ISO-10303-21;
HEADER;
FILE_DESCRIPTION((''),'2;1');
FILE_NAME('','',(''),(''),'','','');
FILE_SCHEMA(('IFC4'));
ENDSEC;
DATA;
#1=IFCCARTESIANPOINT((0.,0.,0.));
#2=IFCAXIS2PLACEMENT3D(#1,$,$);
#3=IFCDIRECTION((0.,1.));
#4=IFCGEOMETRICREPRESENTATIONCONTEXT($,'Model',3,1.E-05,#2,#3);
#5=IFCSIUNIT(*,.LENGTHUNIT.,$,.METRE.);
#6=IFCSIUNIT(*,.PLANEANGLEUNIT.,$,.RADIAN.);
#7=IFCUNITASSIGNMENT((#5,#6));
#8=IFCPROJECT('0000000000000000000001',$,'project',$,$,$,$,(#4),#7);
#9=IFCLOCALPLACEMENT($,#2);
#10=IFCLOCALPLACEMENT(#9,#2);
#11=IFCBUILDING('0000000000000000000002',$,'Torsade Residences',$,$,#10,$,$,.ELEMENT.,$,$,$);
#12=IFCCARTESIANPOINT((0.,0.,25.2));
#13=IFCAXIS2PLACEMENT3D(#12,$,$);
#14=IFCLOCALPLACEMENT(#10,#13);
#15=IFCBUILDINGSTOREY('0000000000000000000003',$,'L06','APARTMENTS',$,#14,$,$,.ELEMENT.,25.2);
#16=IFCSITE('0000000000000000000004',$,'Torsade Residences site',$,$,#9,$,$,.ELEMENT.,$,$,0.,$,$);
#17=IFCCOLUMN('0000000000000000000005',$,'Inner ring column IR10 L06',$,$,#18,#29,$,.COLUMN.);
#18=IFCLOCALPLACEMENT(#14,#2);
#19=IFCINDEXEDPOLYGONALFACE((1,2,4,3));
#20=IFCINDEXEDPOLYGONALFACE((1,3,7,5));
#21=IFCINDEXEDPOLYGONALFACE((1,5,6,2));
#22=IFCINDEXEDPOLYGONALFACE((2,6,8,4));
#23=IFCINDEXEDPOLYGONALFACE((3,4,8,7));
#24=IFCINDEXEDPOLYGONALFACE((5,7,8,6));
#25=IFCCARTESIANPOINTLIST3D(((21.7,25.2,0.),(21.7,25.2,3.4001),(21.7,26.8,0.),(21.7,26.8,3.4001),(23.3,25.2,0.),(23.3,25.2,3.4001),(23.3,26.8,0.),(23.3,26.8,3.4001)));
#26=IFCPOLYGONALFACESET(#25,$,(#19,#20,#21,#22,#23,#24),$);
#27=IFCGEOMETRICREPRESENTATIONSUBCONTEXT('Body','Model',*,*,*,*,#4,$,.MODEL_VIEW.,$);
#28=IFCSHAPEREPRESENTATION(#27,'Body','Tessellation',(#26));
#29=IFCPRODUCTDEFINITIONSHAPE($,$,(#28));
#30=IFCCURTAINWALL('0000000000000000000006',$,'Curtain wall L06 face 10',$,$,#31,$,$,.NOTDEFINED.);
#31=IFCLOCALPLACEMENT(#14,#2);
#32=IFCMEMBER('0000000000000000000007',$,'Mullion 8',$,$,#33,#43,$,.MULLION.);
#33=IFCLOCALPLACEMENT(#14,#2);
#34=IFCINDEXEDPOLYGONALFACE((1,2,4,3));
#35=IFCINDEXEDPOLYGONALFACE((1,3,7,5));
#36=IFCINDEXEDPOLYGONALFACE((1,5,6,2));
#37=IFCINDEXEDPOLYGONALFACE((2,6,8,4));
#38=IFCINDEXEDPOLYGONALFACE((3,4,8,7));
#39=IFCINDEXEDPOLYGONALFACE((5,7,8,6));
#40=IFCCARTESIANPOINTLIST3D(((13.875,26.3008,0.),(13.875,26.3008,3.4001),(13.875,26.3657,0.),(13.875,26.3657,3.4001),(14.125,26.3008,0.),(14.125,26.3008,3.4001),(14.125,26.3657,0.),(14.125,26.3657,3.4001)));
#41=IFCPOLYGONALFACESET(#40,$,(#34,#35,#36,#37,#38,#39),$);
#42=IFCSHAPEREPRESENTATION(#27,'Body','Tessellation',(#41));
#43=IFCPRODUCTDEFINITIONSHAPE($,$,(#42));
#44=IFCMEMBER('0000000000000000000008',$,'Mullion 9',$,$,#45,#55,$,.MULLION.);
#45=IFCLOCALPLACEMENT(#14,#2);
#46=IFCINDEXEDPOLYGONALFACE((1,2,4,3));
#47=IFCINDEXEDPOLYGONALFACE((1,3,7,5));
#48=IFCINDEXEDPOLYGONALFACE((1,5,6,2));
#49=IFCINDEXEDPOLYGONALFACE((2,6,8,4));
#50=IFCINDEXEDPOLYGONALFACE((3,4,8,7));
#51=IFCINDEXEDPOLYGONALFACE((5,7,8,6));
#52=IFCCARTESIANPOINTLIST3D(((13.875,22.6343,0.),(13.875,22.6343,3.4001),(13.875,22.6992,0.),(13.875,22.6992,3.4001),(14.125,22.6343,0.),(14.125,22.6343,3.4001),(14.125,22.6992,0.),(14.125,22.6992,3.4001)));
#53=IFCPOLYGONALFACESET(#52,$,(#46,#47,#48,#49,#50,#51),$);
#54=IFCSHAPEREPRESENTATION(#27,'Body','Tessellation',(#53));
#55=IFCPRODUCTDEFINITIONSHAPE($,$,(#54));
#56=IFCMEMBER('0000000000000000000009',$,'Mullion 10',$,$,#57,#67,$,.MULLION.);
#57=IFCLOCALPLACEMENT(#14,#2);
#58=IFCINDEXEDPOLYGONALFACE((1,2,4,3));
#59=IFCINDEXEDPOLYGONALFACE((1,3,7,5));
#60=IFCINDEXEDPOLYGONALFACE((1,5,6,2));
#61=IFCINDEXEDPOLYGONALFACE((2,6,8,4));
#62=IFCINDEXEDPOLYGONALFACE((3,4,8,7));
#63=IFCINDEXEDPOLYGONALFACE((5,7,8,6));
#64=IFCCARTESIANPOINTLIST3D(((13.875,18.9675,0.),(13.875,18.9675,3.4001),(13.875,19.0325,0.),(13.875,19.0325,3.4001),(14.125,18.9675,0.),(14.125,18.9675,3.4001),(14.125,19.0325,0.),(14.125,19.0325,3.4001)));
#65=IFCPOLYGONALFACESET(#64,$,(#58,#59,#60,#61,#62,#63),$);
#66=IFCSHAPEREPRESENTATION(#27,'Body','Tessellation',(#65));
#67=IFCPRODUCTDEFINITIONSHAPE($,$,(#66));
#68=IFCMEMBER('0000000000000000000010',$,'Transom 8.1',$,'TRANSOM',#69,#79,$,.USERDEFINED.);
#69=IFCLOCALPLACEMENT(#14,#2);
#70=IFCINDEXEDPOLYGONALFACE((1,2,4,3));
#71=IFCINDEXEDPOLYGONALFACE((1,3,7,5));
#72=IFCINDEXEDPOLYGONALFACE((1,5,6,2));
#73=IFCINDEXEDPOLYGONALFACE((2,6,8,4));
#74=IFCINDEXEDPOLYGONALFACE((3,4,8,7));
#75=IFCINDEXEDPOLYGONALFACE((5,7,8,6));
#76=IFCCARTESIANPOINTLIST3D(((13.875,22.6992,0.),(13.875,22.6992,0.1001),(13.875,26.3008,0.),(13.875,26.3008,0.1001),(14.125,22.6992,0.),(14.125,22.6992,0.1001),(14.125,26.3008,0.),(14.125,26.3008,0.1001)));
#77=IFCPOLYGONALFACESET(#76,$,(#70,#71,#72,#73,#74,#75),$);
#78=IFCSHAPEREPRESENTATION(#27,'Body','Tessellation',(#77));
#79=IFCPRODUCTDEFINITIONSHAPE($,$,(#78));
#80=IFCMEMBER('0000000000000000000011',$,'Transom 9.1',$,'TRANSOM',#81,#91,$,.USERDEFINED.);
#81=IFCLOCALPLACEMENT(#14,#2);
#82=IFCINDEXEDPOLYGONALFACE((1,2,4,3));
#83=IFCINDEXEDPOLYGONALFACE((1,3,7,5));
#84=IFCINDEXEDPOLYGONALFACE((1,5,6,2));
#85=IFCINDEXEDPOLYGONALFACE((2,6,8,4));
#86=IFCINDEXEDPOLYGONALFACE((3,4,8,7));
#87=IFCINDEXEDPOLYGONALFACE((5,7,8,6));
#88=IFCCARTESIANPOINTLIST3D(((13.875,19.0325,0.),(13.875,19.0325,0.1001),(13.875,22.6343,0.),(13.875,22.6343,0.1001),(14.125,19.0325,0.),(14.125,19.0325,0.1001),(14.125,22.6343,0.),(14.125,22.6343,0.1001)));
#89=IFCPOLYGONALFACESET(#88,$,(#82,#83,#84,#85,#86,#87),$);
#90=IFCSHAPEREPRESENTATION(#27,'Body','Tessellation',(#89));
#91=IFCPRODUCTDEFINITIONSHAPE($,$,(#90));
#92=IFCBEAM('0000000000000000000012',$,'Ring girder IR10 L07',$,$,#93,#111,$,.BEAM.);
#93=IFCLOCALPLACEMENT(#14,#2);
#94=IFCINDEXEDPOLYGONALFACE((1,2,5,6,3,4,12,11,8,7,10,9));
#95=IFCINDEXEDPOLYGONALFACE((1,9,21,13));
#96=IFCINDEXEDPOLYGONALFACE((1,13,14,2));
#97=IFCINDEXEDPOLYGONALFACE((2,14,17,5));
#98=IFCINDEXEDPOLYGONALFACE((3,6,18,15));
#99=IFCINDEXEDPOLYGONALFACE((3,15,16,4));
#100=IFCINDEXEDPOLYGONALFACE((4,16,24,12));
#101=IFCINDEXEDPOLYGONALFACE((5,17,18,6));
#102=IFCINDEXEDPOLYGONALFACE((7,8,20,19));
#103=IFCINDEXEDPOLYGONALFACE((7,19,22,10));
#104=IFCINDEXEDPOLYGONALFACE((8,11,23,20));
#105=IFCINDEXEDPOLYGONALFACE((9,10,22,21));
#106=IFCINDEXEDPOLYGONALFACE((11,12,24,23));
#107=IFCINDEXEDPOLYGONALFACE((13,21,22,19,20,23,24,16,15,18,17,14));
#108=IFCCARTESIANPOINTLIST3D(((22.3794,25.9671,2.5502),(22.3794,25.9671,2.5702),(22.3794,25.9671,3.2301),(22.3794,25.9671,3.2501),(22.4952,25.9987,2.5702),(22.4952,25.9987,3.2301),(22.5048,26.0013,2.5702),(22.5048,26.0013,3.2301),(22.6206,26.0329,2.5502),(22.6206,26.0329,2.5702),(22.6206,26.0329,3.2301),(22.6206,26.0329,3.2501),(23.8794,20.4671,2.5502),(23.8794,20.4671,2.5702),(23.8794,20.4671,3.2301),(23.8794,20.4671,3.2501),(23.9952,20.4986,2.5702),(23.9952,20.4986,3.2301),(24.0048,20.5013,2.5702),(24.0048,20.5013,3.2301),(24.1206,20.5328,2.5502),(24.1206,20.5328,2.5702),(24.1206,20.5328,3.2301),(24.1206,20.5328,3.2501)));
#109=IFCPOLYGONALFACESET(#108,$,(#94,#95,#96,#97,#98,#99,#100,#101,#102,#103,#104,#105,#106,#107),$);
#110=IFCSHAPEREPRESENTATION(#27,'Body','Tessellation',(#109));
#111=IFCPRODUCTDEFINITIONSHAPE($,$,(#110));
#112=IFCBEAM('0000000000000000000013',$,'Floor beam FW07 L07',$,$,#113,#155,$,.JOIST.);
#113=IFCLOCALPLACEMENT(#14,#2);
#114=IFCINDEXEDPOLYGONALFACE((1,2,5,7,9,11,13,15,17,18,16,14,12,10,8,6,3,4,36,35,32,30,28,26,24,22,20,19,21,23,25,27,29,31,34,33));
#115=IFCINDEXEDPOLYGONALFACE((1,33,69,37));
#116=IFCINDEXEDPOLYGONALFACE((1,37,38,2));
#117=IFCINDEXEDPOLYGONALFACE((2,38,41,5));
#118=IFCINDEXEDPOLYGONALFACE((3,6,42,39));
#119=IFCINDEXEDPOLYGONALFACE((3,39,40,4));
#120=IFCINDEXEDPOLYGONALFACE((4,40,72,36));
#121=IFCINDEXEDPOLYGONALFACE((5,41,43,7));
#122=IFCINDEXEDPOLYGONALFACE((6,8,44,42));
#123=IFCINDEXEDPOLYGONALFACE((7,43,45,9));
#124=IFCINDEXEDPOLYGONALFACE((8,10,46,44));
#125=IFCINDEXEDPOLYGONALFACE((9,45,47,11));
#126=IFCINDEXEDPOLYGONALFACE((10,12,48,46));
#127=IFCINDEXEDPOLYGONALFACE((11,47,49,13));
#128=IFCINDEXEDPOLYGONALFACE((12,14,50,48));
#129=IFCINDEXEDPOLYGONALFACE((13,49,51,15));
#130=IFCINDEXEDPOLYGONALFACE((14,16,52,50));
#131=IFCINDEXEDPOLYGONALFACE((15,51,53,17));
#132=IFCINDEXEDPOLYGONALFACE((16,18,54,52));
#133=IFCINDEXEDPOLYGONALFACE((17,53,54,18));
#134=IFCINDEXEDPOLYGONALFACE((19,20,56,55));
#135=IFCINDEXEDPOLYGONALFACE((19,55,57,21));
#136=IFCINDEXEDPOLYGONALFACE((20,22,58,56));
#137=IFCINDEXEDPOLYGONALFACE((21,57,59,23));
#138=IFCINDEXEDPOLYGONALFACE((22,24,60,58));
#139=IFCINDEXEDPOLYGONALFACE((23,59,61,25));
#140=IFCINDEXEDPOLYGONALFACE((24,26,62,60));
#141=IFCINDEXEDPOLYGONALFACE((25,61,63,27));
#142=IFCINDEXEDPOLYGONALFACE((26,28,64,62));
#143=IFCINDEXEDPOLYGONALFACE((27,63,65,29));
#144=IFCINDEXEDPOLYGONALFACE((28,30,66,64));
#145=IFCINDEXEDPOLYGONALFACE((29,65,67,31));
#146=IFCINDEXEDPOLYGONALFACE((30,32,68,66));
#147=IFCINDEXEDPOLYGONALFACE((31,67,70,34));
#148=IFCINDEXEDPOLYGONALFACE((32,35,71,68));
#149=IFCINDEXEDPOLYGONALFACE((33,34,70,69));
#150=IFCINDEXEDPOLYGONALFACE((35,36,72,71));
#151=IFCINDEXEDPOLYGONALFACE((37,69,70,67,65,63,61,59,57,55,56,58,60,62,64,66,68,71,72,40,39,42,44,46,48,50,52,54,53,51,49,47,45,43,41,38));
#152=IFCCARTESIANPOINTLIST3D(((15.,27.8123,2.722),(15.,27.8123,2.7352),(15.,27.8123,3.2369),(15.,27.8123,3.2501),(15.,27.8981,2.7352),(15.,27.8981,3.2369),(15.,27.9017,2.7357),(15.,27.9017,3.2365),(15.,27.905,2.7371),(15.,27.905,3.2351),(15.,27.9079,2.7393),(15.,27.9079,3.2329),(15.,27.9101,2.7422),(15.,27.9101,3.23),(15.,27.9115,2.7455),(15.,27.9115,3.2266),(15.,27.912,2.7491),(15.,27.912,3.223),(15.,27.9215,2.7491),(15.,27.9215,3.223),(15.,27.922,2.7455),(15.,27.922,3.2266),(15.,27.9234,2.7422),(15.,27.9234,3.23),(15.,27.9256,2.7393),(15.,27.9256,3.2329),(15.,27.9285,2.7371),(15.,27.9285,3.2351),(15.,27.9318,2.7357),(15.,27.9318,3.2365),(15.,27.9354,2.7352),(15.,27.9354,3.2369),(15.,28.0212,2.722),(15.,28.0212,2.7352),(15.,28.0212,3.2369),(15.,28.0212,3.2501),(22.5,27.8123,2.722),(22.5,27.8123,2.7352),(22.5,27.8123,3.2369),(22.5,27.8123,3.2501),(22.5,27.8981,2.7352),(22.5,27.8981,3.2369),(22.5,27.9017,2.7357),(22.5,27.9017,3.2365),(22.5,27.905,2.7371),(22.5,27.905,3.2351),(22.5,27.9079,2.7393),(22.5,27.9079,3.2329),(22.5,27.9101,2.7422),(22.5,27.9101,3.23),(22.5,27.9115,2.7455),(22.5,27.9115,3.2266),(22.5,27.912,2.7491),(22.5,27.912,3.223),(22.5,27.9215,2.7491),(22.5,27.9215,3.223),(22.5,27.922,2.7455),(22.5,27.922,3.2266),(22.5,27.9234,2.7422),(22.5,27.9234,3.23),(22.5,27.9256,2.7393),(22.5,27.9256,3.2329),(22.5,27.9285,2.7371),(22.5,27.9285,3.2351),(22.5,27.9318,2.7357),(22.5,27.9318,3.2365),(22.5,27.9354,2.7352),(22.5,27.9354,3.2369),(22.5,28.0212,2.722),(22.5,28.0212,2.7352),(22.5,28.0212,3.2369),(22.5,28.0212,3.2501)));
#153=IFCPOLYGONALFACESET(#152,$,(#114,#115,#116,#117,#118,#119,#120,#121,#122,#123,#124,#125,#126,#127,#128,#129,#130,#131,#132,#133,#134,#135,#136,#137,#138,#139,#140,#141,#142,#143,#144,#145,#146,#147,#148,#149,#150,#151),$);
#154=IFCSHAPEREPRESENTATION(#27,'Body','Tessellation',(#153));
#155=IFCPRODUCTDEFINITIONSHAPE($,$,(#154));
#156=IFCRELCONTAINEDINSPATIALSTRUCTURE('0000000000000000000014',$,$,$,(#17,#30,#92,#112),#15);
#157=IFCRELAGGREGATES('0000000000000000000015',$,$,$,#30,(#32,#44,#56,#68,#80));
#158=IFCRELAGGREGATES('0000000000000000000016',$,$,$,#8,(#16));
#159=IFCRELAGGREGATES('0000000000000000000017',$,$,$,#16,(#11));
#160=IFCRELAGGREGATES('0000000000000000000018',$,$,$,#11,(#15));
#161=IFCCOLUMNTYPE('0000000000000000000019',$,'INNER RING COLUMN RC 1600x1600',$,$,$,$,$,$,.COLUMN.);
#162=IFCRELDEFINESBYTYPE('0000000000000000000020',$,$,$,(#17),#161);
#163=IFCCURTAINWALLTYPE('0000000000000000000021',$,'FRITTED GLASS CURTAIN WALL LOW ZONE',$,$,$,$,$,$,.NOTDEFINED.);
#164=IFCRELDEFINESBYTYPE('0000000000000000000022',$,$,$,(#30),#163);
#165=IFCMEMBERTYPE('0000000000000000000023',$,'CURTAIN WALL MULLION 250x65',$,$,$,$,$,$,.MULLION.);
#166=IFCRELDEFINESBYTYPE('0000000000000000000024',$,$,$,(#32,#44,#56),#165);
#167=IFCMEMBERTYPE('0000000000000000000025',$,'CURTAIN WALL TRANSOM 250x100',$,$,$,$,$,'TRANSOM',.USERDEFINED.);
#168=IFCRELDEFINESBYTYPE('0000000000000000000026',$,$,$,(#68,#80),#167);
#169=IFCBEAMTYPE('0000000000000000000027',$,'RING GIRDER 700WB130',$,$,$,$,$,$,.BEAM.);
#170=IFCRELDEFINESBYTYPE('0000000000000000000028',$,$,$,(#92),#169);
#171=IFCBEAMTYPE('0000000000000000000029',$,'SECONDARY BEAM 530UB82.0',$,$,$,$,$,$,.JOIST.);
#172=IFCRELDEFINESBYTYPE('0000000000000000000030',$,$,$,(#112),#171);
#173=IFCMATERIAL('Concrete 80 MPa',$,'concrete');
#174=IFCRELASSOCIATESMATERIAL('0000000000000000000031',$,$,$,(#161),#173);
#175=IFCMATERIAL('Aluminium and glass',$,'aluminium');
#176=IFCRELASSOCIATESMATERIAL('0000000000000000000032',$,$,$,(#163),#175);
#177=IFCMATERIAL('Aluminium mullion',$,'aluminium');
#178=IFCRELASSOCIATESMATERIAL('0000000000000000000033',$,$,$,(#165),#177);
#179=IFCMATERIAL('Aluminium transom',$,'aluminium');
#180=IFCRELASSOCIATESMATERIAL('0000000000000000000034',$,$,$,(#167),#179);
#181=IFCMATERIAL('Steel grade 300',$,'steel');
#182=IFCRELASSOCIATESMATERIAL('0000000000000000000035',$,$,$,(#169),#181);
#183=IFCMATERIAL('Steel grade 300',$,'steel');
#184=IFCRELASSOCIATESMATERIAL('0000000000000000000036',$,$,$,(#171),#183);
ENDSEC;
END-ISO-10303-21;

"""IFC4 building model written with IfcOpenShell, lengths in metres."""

from ifc_helpers import new_model, si_unit, direction, frame, origin, origin_2d, place, context, subcontext, project, spatial, rectangle, i_section, extrude, material, material_profile, profile_set, type_object, element, aggregate, save


model = new_model("IFC4")

# Units and contexts
model_context = context("Model", 3, precision=1e-05, world=origin(), true_north=direction((0.0, 1.0)))
body_context = subcontext(model_context, "Body", "Model", "MODEL_VIEW")
ifc_project = project(units=[si_unit("LENGTHUNIT", "METRE"), si_unit("PLANEANGLEUNIT", "RADIAN")], contexts=[model_context])

# Site, building, storey
site_placement = place(None, origin())
site = spatial("IfcSite", under=ifc_project, at=site_placement, Name="Torsade Residences site", CompositionType="ELEMENT", RefElevation=0.0)
building_placement = place(site_placement, origin())
building = spatial("IfcBuilding", under=site, at=building_placement, Name="Torsade Residences", CompositionType="ELEMENT")
storey_placement = place(building_placement, frame((0.0, 0.0, 25.2)))
storey = spatial("IfcBuildingStorey", under=building, at=storey_placement, Name="L06", Description="APARTMENTS", CompositionType="ELEMENT", Elevation=25.2)

# Column
ifc_material_1 = material(Name="Concrete 80 MPa", Category="concrete")
ifc_material_profile_1 = material_profile(ifc_material_1, rectangle(XDim=1.6001, YDim=1.6001, at=origin_2d()), Name="RC 1600x1600")
ifc_profile_set_1 = profile_set([ifc_material_profile_1], Name="Concrete 80 MPa")
column_type = type_object("IfcColumnType", Name="INNER RING COLUMN RC 1600x1600", PredefinedType="COLUMN", material=ifc_profile_set_1)
column_placement = place(storey_placement, frame((22.5, 26.0, 0.0), z_axis=(0.0, 0.0, 1.0), x_axis=(1.0, 0.0, 0.0)))
element("IfcColumn", 1, at=column_placement, inside=storey, type_object=column_type, Name="Inner ring column IR10 L06", PredefinedType="COLUMN", context=body_context, shape_type="SweptSolid", body=[
    extrude(rectangle(XDim=1.6001, YDim=1.6001, at=origin_2d()), origin(), (0.0, 0.0, 1.0), 3.4001),
])

# Curtain wall, members
ifc_material_2 = material(Name="Aluminium and glass", Category="aluminium")
curtain_wall_type = type_object("IfcCurtainWallType", Name="FRITTED GLASS CURTAIN WALL LOW ZONE", PredefinedType="NOTDEFINED", material=ifc_material_2)
curtain_wall_placement = place(storey_placement, origin())
curtain_wall = element("IfcCurtainWall", 2, at=curtain_wall_placement, inside=storey, type_object=curtain_wall_type, Name="Curtain wall L06 face 10", PredefinedType="NOTDEFINED")
ifc_material_3 = material(Name="Aluminium mullion", Category="aluminium")
ifc_material_profile_2 = material_profile(ifc_material_3, rectangle(XDim=0.25, YDim=0.0649, at=origin_2d()), Name="CURTAIN WALL MULLION 250x65")
ifc_profile_set_2 = profile_set([ifc_material_profile_2], Name="Aluminium mullion")
member_type_1 = type_object("IfcMemberType", Name="CURTAIN WALL MULLION 250x65", PredefinedType="MULLION", material=ifc_profile_set_2)
member_1_placement = place(storey_placement, frame((14.0, 26.3333, 0.0), z_axis=(0.0, 0.0, 1.0), x_axis=(1.0, 0.0, 0.0)))
member_1 = element("IfcMember", 3, at=member_1_placement, type_object=member_type_1, Name="Mullion 8", PredefinedType="MULLION", context=body_context, shape_type="SweptSolid", body=[
    extrude(rectangle(XDim=0.25, YDim=0.0649, at=origin_2d()), origin(), (0.0, 0.0, 1.0), 3.4001),
])
member_2_placement = place(storey_placement, frame((14.0, 22.6667, 0.0), z_axis=(0.0, 0.0, 1.0), x_axis=(1.0, 0.0, 0.0)))
member_2 = element("IfcMember", 4, at=member_2_placement, type_object=member_type_1, Name="Mullion 9", PredefinedType="MULLION", context=body_context, shape_type="SweptSolid", body=[
    extrude(rectangle(XDim=0.25, YDim=0.0649, at=origin_2d()), origin(), (0.0, 0.0, 1.0), 3.4001),
])
member_3_placement = place(storey_placement, frame((14.0, 19.0, 0.0), z_axis=(0.0, 0.0, 1.0), x_axis=(1.0, 0.0, 0.0)))
member_3 = element("IfcMember", 5, at=member_3_placement, type_object=member_type_1, Name="Mullion 10", PredefinedType="MULLION", context=body_context, shape_type="SweptSolid", body=[
    extrude(rectangle(XDim=0.25, YDim=0.0649, at=origin_2d()), origin(), (0.0, 0.0, 1.0), 3.4001),
])
ifc_material_4 = material(Name="Aluminium transom", Category="aluminium")
ifc_material_profile_3 = material_profile(ifc_material_4, rectangle(XDim=0.25, YDim=0.1001, at=origin_2d()), Name="CURTAIN WALL TRANSOM 250x100")
ifc_profile_set_3 = profile_set([ifc_material_profile_3], Name="Aluminium transom")
member_type_2 = type_object("IfcMemberType", Name="CURTAIN WALL TRANSOM 250x100", ElementType="TRANSOM", PredefinedType="USERDEFINED", material=ifc_profile_set_3)
member_4_placement = place(storey_placement, frame((14.0, 26.3008, 0.05), z_axis=(0.0, -1.0, 0.0), x_axis=(1.0, 0.0, 0.0)))
member_4 = element("IfcMember", 6, at=member_4_placement, type_object=member_type_2, Name="Transom 8.1", ObjectType="TRANSOM", PredefinedType="USERDEFINED", context=body_context, shape_type="SweptSolid", body=[
    extrude(rectangle(XDim=0.25, YDim=0.1001, at=origin_2d()), origin(), (0.0, 0.0, 1.0), 3.6016),
])
member_5_placement = place(storey_placement, frame((14.0, 22.6343, 0.05), z_axis=(0.0, -1.0, 0.0), x_axis=(1.0, 0.0, 0.0)))
member_5 = element("IfcMember", 7, at=member_5_placement, type_object=member_type_2, Name="Transom 9.1", ObjectType="TRANSOM", PredefinedType="USERDEFINED", context=body_context, shape_type="SweptSolid", body=[
    extrude(rectangle(XDim=0.25, YDim=0.1001, at=origin_2d()), origin(), (0.0, 0.0, 1.0), 3.6018),
])

# Beams
ifc_material_5 = material(Name="Steel grade 300", Category="steel")
ifc_material_profile_4 = material_profile(ifc_material_5, i_section(OverallWidth=0.25, OverallDepth=0.7, WebThickness=0.01, FlangeThickness=0.02, at=origin_2d()), Name="700WB130")
ifc_profile_set_4 = profile_set([ifc_material_profile_4], Name="Steel grade 300")
beam_type_1 = type_object("IfcBeamType", Name="RING GIRDER 700WB130", PredefinedType="BEAM", material=ifc_profile_set_4)
beam_1_placement = place(storey_placement, frame((22.5, 26.0, 2.9001), z_axis=(0.263117, -0.964764, 0.0), x_axis=(0.964764, 0.263117, 0.0)))
element("IfcBeam", 8, at=beam_1_placement, inside=storey, type_object=beam_type_1, Name="Ring girder IR10 L07", PredefinedType="BEAM", context=body_context, shape_type="SweptSolid", body=[
    extrude(i_section(OverallWidth=0.25, OverallDepth=0.7, WebThickness=0.01, FlangeThickness=0.02, at=origin_2d()), origin(), (0.0, 0.0, 1.0), 5.7009),
])
ifc_material_6 = material(Name="Steel grade 300", Category="steel")
ifc_material_profile_5 = material_profile(ifc_material_6, i_section(OverallWidth=0.209, OverallDepth=0.5281, WebThickness=0.0095, FlangeThickness=0.0132, FilletRadius=0.0139, at=origin_2d()), Name="530UB82.0")
ifc_profile_set_5 = profile_set([ifc_material_profile_5], Name="Steel grade 300")
beam_type_2 = type_object("IfcBeamType", Name="SECONDARY BEAM 530UB82.0", PredefinedType="JOIST", material=ifc_profile_set_5)
beam_2_placement = place(storey_placement, frame((15.0, 27.9167, 2.9861), z_axis=(1.0, 0.0, 0.0), x_axis=(0.0, 1.0, 0.0)))
element("IfcBeam", 9, at=beam_2_placement, inside=storey, type_object=beam_type_2, Name="Floor beam FW07 L07", PredefinedType="JOIST", context=body_context, shape_type="SweptSolid", body=[
    extrude(i_section(OverallWidth=0.209, OverallDepth=0.5281, WebThickness=0.0095, FlangeThickness=0.0132, FilletRadius=0.0139, at=origin_2d()), origin(), (0.0, 0.0, 1.0), 7.5),
])

aggregate(curtain_wall, [member_1, member_2, member_3, member_4, member_5])

save(model, "model.ifc")
